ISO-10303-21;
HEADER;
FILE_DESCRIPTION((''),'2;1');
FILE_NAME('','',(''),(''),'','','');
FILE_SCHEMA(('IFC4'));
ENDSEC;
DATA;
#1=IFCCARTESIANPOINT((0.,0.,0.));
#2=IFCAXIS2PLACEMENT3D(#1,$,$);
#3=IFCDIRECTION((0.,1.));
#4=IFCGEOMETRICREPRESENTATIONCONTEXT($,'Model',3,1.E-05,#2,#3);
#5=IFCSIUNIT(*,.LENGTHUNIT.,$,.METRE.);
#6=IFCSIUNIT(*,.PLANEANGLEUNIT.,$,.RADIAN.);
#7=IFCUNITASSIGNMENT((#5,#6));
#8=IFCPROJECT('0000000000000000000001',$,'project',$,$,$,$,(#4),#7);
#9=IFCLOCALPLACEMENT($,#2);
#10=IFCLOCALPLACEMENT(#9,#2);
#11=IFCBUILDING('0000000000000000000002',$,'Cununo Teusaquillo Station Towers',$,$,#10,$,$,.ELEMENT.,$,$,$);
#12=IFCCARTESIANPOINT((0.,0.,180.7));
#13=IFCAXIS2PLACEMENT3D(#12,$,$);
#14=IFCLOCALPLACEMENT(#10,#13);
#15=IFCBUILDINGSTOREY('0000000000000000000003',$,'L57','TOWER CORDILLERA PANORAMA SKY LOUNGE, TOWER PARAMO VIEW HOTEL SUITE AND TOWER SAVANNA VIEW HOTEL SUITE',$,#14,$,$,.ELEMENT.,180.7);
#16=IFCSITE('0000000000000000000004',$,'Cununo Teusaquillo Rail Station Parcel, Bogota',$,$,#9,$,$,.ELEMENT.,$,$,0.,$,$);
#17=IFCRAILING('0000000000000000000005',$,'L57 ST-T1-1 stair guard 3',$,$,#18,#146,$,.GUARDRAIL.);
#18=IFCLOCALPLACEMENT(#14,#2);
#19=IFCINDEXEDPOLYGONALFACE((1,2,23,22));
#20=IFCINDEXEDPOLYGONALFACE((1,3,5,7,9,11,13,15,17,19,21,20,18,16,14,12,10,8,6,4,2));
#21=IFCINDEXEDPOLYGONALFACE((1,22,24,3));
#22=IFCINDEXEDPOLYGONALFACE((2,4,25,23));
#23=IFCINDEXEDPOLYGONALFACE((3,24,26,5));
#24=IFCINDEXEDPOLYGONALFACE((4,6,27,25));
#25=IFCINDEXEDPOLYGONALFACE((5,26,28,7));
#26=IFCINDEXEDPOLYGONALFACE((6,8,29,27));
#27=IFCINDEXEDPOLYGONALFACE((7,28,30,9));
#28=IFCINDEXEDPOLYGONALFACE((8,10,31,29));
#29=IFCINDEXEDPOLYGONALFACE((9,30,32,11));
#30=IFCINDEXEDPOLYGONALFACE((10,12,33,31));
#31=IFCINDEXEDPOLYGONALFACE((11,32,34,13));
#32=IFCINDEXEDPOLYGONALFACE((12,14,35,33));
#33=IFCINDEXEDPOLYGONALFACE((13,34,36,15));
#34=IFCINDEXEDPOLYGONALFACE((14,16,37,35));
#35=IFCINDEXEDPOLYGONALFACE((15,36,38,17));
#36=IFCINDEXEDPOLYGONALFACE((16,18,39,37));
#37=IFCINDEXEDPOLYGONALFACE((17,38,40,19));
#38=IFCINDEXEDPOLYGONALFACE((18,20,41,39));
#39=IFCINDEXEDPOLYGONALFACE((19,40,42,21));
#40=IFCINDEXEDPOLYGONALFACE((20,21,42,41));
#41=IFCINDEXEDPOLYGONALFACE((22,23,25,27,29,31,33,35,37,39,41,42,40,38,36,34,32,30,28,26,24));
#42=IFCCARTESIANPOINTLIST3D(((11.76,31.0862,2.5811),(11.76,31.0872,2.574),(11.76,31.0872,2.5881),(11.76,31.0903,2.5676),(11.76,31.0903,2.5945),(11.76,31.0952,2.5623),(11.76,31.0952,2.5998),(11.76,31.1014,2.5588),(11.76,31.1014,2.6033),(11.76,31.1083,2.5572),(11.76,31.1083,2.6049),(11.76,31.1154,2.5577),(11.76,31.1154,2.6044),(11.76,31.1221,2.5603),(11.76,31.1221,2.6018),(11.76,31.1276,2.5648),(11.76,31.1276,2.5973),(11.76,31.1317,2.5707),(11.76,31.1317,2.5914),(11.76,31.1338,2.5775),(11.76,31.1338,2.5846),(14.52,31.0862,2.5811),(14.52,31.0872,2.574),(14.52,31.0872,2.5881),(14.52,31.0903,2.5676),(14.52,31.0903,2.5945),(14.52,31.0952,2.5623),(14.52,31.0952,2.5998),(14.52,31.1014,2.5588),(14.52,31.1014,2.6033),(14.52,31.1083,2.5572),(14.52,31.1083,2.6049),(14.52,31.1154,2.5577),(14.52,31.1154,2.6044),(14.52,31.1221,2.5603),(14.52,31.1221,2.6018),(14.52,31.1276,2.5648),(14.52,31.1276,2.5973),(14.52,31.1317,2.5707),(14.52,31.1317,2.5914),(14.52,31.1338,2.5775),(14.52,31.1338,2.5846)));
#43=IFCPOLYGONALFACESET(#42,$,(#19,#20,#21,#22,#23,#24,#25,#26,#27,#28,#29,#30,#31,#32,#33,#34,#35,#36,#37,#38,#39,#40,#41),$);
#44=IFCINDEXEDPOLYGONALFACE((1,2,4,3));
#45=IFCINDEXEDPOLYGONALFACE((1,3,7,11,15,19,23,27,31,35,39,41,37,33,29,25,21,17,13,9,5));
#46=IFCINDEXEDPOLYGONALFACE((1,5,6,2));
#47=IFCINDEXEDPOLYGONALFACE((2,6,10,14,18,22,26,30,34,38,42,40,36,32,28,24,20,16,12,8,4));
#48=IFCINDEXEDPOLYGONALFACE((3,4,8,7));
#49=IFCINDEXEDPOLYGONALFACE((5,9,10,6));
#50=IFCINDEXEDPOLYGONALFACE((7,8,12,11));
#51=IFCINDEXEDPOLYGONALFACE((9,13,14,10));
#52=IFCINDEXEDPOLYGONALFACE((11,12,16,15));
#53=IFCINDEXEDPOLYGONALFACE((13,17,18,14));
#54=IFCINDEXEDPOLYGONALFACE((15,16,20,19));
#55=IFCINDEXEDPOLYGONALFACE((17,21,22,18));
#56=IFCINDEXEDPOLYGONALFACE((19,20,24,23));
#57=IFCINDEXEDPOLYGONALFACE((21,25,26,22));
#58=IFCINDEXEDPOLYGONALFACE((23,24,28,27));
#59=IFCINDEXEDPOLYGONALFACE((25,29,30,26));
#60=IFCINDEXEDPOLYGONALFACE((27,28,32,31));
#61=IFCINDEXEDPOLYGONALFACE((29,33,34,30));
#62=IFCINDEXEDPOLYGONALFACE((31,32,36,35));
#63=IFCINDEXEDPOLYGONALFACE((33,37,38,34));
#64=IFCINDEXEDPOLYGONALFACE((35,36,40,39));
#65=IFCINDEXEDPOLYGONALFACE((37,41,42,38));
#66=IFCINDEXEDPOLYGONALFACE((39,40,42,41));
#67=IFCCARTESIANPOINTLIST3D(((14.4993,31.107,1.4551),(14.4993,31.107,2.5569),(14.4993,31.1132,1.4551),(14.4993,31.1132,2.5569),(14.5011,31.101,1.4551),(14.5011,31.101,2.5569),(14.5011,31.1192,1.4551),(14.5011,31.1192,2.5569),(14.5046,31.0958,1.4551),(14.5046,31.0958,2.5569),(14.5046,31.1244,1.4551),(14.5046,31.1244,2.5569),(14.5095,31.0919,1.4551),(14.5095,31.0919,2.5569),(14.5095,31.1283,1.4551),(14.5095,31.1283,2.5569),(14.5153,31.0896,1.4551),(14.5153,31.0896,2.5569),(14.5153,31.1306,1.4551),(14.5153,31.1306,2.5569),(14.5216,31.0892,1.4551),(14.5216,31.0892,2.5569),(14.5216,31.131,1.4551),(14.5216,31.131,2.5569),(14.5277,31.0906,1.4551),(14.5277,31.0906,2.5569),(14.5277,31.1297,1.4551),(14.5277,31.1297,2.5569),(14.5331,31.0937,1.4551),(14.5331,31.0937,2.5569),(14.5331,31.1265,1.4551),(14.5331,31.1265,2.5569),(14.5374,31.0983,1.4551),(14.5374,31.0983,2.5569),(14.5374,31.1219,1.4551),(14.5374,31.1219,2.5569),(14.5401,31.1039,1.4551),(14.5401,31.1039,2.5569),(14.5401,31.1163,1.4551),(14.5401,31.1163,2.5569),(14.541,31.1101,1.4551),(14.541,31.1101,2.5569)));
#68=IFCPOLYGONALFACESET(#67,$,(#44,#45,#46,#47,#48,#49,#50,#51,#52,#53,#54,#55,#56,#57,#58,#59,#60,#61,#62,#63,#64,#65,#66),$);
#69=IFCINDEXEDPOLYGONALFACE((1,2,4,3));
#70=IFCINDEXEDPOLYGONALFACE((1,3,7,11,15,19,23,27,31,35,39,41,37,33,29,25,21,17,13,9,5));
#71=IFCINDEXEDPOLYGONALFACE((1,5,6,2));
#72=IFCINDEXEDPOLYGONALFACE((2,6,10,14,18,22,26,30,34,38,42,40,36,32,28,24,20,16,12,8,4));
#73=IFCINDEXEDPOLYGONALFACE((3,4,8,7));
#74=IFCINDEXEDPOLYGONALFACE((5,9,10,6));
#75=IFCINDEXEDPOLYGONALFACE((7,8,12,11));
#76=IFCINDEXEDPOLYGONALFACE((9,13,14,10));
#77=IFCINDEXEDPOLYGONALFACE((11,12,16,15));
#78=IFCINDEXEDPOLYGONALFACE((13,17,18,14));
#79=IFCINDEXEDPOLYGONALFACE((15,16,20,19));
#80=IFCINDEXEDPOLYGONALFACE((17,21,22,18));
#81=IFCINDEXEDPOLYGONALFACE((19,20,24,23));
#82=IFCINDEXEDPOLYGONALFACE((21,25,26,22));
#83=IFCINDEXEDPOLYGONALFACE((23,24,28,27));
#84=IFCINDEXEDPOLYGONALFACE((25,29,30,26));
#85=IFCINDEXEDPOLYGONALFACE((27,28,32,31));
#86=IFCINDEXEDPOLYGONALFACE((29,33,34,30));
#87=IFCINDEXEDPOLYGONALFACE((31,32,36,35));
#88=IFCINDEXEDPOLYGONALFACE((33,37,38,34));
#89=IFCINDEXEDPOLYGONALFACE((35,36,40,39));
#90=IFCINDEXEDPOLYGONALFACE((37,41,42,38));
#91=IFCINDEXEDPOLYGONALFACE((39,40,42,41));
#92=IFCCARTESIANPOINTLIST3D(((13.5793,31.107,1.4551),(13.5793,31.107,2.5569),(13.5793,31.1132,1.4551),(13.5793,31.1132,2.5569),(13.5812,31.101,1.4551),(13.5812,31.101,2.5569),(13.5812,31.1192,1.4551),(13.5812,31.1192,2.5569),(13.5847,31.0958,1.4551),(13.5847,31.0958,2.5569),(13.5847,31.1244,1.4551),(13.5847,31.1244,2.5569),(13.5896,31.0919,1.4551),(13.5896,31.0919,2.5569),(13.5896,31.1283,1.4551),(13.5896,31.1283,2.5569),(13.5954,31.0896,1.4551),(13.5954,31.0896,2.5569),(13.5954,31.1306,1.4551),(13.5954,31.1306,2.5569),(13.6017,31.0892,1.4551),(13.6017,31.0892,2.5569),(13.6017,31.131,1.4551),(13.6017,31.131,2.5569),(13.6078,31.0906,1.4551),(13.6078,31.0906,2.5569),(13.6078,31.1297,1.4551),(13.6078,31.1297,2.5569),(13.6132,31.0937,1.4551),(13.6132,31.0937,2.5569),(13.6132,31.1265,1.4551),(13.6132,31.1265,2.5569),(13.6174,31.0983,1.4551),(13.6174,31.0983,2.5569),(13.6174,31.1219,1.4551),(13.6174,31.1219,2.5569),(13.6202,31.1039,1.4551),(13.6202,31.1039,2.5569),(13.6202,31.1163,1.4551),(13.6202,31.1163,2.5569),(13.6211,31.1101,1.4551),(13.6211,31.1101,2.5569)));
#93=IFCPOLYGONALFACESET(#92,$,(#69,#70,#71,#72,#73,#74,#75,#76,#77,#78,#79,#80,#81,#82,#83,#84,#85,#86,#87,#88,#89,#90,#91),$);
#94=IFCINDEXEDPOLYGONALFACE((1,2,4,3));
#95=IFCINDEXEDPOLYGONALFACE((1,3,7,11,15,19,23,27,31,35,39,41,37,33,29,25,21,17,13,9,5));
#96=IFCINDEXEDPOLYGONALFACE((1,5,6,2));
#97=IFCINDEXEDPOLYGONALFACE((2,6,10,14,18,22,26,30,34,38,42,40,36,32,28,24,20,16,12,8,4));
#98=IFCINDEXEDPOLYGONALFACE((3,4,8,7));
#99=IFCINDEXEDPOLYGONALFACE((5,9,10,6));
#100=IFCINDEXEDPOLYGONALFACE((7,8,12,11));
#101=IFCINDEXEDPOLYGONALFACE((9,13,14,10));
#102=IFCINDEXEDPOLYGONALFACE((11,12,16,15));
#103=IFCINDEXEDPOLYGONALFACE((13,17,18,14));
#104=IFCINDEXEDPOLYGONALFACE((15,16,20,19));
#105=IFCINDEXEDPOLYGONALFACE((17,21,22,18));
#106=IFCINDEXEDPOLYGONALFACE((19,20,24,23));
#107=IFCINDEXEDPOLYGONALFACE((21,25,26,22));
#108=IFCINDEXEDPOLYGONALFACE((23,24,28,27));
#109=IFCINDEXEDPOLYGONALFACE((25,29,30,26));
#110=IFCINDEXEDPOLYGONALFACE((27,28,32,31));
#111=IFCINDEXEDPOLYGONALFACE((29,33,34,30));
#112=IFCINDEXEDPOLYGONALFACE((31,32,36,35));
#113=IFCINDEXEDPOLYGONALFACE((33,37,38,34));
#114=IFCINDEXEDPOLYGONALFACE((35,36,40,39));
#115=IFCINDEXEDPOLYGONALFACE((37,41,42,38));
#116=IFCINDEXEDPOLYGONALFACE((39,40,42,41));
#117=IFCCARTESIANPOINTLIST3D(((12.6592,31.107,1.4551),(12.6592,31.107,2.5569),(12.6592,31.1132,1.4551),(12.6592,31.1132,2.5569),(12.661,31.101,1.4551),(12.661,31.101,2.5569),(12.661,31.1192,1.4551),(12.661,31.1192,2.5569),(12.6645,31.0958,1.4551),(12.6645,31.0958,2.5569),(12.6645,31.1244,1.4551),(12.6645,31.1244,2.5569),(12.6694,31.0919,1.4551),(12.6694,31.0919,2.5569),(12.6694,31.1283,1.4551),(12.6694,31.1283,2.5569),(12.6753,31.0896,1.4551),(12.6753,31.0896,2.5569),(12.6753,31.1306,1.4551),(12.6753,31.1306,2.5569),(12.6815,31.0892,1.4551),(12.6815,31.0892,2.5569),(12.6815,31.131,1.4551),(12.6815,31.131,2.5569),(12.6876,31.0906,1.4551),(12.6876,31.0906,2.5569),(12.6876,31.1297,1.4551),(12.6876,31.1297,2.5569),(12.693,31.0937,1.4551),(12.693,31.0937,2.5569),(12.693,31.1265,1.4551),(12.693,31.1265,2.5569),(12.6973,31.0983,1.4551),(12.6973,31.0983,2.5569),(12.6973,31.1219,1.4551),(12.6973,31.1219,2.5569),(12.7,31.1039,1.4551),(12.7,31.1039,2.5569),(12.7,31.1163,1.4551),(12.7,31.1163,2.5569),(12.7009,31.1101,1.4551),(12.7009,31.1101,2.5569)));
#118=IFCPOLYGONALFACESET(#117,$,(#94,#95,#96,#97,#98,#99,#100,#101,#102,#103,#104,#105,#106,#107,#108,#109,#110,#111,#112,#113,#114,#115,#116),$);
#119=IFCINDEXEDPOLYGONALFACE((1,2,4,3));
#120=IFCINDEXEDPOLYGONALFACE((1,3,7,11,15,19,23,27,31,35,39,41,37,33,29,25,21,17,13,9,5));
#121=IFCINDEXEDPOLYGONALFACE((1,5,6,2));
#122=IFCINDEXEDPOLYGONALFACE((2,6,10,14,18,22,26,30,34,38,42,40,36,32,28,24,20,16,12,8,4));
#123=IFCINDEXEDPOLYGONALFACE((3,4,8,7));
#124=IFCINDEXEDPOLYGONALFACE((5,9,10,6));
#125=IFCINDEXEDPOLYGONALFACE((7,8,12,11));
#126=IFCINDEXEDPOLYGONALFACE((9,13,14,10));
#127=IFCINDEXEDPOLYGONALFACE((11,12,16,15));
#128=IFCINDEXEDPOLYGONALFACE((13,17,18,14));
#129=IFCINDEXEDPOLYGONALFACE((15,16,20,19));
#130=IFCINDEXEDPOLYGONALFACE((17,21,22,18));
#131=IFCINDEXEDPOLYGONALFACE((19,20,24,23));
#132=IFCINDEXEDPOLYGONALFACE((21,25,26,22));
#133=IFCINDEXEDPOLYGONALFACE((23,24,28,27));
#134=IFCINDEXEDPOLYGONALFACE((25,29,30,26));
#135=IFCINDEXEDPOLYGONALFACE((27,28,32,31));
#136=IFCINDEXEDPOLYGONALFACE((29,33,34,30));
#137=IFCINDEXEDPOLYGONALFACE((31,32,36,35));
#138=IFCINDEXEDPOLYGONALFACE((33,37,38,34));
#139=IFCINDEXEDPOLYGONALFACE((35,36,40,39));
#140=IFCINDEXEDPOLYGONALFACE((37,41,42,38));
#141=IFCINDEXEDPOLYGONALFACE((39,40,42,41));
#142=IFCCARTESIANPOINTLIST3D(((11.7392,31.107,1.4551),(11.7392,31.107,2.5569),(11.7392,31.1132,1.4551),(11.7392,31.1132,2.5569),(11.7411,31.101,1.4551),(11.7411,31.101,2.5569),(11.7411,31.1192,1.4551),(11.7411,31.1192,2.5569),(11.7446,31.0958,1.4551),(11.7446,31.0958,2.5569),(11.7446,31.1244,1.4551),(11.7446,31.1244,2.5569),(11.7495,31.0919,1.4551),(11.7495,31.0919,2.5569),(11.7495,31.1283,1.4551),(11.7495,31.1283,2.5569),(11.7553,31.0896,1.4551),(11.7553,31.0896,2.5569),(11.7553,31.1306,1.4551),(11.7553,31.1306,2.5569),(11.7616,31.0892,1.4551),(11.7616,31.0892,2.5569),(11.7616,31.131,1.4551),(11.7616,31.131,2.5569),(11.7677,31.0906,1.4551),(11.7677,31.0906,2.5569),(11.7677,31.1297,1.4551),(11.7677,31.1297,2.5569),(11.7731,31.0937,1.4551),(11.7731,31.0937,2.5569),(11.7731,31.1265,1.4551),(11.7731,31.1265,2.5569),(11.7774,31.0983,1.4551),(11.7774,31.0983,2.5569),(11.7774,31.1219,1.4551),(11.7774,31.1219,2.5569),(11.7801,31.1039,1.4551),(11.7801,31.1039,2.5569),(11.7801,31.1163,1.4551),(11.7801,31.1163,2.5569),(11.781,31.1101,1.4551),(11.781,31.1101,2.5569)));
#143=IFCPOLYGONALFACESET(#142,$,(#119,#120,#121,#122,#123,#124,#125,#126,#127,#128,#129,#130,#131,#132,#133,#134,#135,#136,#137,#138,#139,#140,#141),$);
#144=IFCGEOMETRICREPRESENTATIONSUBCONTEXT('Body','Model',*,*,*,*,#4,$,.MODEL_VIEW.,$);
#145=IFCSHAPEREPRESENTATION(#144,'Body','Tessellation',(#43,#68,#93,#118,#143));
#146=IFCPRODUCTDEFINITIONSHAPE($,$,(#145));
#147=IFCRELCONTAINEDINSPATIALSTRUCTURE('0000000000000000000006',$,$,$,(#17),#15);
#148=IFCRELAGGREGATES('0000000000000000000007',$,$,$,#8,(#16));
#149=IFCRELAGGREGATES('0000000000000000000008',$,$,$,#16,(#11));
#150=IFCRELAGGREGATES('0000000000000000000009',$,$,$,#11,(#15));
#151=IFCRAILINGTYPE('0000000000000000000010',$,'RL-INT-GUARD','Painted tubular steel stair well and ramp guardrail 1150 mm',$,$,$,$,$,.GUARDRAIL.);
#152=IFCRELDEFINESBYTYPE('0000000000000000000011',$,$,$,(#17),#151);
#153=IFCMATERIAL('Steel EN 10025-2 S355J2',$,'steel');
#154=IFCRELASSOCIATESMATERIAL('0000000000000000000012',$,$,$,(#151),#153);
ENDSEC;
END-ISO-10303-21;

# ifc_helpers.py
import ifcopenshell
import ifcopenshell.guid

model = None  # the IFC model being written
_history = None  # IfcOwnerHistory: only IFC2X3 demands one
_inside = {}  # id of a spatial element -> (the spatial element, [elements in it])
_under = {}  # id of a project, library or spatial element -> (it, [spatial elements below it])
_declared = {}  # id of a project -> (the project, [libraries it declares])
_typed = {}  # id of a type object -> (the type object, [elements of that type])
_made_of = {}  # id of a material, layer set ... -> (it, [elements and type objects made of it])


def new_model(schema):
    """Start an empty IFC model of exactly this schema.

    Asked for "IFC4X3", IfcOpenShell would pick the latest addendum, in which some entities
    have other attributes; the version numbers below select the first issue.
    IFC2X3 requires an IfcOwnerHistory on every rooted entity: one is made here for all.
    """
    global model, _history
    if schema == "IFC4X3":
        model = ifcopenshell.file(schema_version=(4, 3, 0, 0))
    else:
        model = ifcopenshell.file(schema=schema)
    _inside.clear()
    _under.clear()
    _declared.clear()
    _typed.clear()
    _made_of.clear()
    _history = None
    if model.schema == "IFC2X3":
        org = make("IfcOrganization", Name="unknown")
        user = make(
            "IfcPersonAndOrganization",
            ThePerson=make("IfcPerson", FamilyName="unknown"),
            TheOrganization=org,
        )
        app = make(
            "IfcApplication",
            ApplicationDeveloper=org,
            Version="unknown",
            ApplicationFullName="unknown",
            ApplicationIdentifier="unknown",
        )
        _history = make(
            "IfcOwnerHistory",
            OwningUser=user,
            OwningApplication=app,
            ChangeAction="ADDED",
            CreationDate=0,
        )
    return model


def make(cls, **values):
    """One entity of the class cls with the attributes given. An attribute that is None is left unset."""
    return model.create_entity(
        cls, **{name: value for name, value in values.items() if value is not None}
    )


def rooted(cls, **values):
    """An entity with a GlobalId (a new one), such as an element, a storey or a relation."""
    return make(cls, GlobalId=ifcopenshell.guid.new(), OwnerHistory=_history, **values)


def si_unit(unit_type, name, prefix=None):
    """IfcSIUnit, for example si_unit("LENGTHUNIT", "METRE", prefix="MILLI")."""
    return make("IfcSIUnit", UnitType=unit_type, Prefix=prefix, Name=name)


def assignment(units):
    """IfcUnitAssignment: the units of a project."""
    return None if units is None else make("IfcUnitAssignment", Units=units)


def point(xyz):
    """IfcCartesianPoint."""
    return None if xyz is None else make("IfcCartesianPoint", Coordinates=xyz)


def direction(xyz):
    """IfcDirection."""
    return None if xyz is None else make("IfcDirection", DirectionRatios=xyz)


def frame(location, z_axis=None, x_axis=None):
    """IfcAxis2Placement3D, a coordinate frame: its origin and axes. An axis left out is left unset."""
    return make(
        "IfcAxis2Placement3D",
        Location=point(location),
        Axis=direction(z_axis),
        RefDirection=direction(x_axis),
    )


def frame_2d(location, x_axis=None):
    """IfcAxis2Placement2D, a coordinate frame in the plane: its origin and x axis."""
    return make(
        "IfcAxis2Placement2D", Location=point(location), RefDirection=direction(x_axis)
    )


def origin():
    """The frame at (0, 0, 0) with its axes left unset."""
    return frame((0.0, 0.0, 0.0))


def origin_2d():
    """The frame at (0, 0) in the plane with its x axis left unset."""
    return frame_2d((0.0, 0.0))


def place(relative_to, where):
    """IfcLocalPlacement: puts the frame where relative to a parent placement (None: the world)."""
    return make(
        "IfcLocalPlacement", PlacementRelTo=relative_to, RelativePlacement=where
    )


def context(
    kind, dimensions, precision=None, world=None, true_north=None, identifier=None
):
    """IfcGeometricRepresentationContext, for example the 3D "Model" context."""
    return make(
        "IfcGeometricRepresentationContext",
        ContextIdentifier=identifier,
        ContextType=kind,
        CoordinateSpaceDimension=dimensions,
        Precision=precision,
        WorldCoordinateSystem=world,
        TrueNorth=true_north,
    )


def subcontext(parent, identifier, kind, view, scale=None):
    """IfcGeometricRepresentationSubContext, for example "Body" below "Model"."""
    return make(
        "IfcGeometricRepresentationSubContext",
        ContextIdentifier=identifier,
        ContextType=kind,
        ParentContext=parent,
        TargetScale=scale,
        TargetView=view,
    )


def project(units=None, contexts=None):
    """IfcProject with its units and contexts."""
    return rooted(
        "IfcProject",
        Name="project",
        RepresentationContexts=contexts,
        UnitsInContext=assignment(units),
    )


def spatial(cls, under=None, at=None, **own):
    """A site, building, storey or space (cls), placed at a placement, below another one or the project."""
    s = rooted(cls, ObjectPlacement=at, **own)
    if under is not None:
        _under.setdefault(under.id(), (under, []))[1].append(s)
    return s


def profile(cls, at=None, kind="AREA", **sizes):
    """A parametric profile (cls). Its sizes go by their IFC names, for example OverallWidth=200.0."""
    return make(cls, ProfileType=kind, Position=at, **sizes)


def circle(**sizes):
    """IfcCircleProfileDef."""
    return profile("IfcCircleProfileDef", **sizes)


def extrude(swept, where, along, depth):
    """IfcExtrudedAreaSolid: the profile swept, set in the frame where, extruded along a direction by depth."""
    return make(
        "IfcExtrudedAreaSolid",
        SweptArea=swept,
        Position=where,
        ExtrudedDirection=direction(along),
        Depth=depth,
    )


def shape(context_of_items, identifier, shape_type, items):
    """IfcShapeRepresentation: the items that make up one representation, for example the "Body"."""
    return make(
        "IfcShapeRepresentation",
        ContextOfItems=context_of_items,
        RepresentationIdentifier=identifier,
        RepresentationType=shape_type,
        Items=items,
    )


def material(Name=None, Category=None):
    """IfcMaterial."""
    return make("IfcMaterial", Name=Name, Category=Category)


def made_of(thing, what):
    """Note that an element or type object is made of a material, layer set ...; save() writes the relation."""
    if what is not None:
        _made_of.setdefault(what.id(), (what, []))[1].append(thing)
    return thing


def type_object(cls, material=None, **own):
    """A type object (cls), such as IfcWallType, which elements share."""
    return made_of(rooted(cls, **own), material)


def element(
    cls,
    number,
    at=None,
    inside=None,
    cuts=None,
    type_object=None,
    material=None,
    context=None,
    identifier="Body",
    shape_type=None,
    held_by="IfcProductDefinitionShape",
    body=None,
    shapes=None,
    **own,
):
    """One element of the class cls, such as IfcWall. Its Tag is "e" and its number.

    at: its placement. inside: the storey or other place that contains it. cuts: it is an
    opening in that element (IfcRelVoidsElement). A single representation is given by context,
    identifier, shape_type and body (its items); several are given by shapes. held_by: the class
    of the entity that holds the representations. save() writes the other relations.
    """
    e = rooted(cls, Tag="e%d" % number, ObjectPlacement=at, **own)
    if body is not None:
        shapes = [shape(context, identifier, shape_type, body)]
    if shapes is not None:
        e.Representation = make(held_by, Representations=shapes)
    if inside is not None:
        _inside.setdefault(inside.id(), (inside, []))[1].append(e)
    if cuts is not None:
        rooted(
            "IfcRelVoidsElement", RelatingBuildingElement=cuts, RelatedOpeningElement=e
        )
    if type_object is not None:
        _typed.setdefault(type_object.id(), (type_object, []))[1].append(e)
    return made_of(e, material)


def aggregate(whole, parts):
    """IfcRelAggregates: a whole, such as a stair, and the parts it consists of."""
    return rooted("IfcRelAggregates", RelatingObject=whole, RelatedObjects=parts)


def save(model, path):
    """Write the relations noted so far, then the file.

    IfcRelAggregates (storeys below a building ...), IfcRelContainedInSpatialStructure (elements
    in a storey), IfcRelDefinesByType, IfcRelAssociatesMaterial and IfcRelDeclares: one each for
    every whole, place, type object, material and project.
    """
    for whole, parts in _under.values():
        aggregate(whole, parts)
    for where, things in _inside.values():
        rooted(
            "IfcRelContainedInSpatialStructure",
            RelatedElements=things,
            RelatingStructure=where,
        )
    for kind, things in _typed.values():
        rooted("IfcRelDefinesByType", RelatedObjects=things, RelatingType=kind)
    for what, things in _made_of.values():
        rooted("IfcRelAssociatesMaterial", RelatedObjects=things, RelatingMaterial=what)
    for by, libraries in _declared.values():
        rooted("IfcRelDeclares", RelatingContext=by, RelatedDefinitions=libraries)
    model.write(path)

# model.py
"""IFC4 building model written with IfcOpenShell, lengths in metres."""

from ifc_helpers import new_model, si_unit, direction, frame, origin, origin_2d, place, context, subcontext, project, spatial, circle, extrude, material, type_object, element, save


model = new_model("IFC4")

# Units and contexts
model_context = context("Model", 3, precision=1e-05, world=origin(), true_north=direction((0.0, 1.0)))
body_context = subcontext(model_context, "Body", "Model", "MODEL_VIEW")
ifc_project = project(units=[si_unit("LENGTHUNIT", "METRE"), si_unit("PLANEANGLEUNIT", "RADIAN")], contexts=[model_context])

# Site, building, storey
site_placement = place(None, origin())
site = spatial("IfcSite", under=ifc_project, at=site_placement, Name="Cununo Teusaquillo Rail Station Parcel, Bogota", CompositionType="ELEMENT", RefElevation=0.0)
building_placement = place(site_placement, origin())
building = spatial("IfcBuilding", under=site, at=building_placement, Name="Cununo Teusaquillo Station Towers", CompositionType="ELEMENT")
storey_placement = place(building_placement, frame((0.0, 0.0, 180.7)))
storey = spatial("IfcBuildingStorey", under=building, at=storey_placement, Name="L57", Description="TOWER CORDILLERA PANORAMA SKY LOUNGE, TOWER PARAMO VIEW HOTEL SUITE AND TOWER SAVANNA VIEW HOTEL SUITE", CompositionType="ELEMENT", Elevation=180.7)

# Railing
ifc_material_1 = material(Name="Steel EN 10025-2 S355J2", Category="steel")
railing_type_1 = type_object("IfcRailingType", Name="RL-INT-GUARD", Description="Painted tubular steel stair well and ramp guardrail 1150 mm", PredefinedType="GUARDRAIL", material=ifc_material_1)
railing_1_placement = place(storey_placement, frame((14.52, 31.1101, 1.4551)))
element("IfcRailing", 1, at=railing_1_placement, inside=storey, type_object=railing_type_1, Name="L57 ST-T1-1 stair guard 3", PredefinedType="GUARDRAIL", context=body_context, shape_type="SweptSolid", body=[
    extrude(circle(Radius=0.0239, at=origin_2d()), frame((0.0, 0.0, 1.126), z_axis=(-1.0, 0.0, 0.0), x_axis=(0.0, -1.0, 0.0)), (0.0, 0.0, 1.0), 2.76),
    extrude(circle(Radius=0.021, at=origin_2d()), origin(), (0.0, 0.0, 1.0), 1.1018),
    extrude(circle(Radius=0.021, at=origin_2d()), frame((-0.9199, 0.0, 0.0)), (0.0, 0.0, 1.0), 1.1018),
    extrude(circle(Radius=0.021, at=origin_2d()), frame((-1.8401, 0.0, 0.0)), (0.0, 0.0, 1.0), 1.1018),
    extrude(circle(Radius=0.021, at=origin_2d()), frame((-2.76, 0.0, 0.0)), (0.0, 0.0, 1.0), 1.1018),
])

save(model, "model.ifc")
